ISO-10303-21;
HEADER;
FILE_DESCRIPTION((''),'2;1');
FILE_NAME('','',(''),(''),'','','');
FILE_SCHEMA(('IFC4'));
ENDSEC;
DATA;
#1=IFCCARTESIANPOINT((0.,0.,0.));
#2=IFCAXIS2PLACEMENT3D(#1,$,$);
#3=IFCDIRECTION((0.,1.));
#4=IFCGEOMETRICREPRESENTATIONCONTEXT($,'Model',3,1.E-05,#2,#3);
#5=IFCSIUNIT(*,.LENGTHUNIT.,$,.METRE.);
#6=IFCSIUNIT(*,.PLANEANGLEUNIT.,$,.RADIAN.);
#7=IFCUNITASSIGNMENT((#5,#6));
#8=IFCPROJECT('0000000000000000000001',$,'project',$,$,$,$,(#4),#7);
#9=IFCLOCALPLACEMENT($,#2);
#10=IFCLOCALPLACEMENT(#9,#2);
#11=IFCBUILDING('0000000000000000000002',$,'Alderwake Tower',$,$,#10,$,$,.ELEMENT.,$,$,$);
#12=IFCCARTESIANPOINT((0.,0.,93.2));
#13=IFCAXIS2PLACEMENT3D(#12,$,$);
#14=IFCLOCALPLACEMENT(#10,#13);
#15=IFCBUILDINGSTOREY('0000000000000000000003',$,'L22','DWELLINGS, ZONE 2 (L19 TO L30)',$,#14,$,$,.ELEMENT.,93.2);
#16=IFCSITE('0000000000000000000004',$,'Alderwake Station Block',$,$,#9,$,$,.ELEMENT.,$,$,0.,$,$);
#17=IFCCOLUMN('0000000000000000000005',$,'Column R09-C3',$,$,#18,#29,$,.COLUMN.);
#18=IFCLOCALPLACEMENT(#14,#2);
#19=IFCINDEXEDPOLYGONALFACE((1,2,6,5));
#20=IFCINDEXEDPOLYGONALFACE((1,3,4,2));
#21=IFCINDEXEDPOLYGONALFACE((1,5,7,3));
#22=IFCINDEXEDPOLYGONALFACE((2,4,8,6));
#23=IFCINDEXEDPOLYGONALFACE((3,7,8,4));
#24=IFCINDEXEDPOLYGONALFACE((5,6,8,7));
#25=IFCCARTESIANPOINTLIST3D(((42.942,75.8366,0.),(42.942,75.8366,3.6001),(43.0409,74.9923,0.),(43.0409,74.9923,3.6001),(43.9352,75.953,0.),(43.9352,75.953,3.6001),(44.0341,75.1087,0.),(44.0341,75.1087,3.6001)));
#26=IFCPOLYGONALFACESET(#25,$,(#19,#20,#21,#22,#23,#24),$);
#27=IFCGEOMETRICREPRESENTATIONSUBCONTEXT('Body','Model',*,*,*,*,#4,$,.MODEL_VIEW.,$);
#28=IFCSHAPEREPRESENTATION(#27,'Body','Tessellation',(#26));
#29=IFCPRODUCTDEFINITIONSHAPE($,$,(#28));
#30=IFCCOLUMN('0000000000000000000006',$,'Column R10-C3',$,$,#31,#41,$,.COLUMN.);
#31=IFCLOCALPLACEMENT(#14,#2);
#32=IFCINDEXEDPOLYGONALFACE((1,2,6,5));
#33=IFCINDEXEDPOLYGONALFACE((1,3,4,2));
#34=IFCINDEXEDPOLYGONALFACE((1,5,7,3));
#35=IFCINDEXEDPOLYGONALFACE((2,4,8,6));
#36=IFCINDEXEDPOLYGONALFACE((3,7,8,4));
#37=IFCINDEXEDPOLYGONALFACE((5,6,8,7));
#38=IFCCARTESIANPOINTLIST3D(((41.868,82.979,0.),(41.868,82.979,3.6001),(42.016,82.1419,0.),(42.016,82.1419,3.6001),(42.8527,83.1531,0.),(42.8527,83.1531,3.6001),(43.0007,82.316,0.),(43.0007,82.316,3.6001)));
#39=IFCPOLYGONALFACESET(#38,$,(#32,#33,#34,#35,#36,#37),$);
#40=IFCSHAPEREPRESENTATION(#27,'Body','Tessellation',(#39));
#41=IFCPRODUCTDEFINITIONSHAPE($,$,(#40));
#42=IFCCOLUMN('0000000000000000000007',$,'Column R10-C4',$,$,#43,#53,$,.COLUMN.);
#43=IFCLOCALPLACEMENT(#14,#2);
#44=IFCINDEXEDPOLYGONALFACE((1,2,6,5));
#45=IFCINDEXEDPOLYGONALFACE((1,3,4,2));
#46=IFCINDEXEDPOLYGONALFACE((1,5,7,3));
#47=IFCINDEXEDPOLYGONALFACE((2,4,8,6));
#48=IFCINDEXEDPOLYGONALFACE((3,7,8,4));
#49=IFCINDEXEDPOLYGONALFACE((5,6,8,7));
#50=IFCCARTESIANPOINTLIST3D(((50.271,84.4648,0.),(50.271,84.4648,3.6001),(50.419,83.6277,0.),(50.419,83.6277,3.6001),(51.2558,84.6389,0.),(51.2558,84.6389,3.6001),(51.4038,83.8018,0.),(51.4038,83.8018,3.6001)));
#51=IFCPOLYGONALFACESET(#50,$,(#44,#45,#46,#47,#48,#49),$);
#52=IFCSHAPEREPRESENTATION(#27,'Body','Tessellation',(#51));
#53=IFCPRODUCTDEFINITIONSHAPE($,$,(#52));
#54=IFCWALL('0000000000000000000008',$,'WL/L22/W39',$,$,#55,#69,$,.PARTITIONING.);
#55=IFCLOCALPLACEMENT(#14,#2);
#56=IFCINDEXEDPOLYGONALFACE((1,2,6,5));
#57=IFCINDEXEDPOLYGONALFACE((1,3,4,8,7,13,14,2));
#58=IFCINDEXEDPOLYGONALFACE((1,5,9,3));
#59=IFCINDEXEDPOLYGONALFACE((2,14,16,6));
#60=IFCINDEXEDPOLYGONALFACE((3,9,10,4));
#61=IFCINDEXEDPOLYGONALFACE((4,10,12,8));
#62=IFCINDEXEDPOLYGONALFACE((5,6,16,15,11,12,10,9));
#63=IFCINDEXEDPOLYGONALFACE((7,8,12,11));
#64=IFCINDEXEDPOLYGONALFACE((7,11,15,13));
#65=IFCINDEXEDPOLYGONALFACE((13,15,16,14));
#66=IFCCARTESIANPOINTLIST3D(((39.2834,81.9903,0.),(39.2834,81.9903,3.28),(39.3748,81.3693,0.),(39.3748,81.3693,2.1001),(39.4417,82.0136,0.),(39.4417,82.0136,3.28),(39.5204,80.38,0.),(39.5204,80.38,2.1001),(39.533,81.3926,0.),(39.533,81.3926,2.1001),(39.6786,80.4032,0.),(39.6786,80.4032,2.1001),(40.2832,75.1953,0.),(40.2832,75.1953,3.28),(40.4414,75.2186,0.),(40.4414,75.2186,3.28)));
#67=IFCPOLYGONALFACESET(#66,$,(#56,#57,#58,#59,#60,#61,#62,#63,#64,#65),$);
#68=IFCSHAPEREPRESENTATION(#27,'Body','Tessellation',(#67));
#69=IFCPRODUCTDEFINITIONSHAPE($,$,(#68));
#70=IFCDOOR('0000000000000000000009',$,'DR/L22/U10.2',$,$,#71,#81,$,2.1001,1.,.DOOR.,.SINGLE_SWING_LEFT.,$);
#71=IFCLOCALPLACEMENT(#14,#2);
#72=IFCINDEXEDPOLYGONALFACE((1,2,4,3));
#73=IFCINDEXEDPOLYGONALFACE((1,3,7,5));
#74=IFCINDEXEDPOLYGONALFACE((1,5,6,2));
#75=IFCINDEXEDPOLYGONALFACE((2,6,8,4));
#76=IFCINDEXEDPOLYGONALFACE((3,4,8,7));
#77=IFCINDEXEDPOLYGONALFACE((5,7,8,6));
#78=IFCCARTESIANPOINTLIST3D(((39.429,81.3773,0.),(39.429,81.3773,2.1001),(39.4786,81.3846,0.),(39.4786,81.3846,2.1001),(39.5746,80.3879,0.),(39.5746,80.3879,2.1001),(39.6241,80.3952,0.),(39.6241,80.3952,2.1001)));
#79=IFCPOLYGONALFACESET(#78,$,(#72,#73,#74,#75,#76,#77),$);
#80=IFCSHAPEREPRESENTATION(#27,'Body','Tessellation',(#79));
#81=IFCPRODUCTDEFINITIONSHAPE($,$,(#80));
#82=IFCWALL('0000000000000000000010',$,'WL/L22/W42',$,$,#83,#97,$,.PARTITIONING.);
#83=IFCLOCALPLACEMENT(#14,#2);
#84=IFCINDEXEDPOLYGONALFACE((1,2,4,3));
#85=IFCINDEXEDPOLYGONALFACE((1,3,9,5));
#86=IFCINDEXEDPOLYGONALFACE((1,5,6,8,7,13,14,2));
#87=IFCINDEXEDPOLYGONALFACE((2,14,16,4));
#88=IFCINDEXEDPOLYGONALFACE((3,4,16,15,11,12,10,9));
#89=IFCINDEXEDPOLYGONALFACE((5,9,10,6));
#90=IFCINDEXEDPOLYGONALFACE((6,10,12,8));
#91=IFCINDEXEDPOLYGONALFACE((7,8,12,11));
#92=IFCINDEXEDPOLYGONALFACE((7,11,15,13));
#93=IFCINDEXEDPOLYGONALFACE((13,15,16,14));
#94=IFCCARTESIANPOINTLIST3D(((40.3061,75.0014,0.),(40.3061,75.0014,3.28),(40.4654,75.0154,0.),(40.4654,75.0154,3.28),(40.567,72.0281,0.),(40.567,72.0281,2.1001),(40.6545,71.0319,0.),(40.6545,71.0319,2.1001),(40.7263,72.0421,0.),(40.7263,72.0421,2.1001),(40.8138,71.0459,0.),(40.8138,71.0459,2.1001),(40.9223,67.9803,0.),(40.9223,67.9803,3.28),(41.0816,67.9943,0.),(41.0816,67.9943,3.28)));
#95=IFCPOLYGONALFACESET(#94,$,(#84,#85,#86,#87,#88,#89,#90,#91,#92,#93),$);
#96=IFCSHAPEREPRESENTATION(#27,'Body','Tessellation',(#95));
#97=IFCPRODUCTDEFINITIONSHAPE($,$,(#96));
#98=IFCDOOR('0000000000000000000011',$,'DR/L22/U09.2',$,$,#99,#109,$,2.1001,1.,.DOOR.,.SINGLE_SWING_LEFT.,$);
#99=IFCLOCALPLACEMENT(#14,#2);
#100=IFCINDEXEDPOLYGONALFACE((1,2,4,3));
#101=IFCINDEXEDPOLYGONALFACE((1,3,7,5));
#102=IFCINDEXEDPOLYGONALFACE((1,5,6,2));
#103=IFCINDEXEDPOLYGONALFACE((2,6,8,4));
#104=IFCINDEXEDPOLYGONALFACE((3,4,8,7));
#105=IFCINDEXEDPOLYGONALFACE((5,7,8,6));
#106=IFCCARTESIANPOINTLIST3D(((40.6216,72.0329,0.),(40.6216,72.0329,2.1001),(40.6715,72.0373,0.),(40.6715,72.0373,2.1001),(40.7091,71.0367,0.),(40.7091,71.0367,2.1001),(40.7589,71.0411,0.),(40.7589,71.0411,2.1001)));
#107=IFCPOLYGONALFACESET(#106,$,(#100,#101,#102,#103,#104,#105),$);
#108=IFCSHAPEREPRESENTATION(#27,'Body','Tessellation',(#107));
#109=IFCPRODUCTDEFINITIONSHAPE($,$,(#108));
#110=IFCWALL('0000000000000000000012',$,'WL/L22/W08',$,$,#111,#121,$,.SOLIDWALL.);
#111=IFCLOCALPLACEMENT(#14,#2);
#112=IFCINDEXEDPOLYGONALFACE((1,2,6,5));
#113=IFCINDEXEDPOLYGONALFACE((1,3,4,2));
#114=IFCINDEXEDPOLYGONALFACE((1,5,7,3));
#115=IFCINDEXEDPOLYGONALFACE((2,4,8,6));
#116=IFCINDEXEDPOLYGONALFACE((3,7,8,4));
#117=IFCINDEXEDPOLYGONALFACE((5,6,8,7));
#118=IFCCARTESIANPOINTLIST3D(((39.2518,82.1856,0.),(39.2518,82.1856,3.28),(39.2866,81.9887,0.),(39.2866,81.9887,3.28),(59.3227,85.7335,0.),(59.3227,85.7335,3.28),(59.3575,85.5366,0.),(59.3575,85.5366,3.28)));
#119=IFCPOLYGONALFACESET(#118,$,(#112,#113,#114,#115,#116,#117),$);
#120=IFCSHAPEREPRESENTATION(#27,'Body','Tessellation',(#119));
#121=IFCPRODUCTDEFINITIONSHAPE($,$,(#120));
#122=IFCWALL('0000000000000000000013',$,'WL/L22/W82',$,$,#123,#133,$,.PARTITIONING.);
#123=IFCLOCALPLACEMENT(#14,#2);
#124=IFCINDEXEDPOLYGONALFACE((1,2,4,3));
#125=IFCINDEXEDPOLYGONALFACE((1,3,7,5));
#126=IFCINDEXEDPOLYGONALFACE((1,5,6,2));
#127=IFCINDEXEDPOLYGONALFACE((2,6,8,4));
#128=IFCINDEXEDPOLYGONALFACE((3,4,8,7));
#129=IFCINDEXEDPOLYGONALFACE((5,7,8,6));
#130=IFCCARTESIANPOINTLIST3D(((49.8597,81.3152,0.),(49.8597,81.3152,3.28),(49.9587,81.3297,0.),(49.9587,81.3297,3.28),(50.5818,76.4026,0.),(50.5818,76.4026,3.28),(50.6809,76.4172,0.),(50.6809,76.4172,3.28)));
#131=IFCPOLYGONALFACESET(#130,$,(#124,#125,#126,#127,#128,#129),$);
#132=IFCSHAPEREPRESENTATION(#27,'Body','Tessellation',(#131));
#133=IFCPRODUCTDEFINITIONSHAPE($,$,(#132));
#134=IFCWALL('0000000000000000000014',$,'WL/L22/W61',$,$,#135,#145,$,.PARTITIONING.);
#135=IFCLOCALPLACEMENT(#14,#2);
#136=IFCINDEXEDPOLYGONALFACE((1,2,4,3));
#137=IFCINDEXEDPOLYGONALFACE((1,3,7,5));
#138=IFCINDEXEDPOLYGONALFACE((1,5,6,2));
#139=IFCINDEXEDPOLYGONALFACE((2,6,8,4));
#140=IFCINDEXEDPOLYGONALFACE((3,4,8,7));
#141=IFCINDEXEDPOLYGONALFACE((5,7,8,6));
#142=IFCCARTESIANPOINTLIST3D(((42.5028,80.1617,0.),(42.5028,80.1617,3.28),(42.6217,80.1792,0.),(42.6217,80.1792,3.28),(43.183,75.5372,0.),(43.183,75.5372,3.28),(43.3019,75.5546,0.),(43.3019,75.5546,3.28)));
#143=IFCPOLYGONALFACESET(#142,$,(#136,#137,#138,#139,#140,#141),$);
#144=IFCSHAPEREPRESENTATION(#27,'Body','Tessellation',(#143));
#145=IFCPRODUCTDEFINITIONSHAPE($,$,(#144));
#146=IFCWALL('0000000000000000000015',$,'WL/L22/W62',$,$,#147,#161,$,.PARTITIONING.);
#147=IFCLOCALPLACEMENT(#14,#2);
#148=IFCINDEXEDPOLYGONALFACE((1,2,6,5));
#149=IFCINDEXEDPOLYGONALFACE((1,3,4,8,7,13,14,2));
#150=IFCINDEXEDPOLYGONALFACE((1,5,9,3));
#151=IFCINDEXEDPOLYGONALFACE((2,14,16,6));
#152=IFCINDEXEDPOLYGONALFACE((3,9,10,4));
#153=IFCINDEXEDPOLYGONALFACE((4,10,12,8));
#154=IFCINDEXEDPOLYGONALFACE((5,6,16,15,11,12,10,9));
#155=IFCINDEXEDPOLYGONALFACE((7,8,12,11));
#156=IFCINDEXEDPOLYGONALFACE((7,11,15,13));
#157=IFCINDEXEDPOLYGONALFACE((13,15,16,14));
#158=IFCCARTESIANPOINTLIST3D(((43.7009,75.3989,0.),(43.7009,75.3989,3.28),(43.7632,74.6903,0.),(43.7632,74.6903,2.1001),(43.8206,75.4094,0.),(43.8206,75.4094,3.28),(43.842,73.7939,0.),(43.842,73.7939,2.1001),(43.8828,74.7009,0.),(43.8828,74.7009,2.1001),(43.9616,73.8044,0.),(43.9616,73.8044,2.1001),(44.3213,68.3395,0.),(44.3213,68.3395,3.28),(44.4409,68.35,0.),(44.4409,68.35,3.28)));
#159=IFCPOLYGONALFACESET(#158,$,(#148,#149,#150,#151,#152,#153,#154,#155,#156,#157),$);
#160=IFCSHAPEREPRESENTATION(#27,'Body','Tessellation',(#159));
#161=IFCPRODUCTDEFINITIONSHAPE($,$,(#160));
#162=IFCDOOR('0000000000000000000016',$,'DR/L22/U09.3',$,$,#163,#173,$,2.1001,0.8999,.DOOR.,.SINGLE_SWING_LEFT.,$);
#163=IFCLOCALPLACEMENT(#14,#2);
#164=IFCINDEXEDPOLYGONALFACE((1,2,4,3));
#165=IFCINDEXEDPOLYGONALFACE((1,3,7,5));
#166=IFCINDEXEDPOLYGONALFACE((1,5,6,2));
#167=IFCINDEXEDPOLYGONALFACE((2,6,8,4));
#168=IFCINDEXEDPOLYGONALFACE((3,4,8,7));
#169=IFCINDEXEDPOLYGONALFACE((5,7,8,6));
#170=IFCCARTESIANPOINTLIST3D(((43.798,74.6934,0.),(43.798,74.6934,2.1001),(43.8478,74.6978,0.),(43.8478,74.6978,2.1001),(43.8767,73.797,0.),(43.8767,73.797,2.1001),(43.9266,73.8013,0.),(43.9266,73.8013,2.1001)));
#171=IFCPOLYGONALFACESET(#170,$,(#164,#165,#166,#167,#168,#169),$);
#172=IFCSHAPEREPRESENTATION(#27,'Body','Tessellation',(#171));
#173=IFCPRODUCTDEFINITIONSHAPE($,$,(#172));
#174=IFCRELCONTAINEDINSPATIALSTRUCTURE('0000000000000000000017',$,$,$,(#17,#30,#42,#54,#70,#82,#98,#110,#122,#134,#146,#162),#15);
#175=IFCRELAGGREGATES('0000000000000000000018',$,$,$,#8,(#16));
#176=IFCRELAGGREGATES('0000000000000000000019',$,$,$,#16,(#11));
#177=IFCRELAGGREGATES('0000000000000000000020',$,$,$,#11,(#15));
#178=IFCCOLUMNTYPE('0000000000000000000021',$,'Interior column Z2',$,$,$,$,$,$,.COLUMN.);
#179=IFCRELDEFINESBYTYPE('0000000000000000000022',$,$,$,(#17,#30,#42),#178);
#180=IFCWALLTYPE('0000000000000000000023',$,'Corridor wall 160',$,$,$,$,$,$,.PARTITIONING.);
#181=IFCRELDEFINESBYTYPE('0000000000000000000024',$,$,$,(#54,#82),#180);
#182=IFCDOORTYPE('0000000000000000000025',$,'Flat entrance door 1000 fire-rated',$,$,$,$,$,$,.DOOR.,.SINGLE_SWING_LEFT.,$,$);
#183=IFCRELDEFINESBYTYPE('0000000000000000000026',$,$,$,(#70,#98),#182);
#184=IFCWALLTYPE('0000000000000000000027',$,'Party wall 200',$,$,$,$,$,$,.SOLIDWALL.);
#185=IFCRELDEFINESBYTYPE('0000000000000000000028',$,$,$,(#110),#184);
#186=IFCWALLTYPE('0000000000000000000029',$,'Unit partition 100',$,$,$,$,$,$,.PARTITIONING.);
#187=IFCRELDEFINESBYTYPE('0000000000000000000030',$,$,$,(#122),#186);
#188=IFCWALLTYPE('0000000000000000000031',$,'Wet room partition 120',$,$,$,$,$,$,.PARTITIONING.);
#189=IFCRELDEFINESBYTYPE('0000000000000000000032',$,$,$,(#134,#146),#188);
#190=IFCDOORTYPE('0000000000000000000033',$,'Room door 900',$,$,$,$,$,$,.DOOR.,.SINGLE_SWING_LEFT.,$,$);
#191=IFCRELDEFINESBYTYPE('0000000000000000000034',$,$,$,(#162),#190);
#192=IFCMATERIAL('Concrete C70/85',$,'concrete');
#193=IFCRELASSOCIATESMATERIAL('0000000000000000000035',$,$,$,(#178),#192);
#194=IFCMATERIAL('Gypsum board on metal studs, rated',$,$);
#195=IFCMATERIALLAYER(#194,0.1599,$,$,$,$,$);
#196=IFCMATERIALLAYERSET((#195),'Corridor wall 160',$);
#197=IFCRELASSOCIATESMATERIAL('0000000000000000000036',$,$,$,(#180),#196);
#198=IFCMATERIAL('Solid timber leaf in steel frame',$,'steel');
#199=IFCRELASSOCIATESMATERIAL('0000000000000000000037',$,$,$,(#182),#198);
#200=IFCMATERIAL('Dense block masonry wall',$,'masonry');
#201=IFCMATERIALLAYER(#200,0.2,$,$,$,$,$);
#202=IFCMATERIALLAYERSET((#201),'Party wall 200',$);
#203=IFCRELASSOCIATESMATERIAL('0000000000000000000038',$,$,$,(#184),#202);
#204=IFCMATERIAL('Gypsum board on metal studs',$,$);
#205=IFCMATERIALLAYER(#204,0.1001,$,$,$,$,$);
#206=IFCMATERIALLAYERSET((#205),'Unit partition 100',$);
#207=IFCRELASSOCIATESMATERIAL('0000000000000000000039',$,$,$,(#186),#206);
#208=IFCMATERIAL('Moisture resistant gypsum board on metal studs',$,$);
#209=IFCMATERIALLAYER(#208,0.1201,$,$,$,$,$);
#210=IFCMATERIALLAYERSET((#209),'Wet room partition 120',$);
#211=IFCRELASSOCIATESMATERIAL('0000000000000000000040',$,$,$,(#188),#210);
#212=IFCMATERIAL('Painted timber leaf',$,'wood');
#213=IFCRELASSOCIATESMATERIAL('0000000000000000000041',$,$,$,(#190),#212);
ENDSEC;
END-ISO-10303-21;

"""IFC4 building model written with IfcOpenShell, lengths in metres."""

from ifc_helpers import new_model, si_unit, direction, frame, frame_2d, origin, origin_2d, place, context, subcontext, project, spatial, rectangle, extrude, material, layer, layer_set, material_profile, profile_set, type_object, element, fill, save


model = new_model("IFC4")

# Units and contexts
model_context = context("Model", 3, precision=1e-05, world=origin(), true_north=direction((0.0, 1.0)))
body_context = subcontext(model_context, "Body", "Model", "MODEL_VIEW")
ifc_project = project(units=[si_unit("LENGTHUNIT", "METRE"), si_unit("PLANEANGLEUNIT", "RADIAN")], contexts=[model_context])

# Site, building, storey
site_placement = place(None, origin())
site = spatial("IfcSite", under=ifc_project, at=site_placement, Name="Alderwake Station Block", CompositionType="ELEMENT", RefElevation=0.0)
building_placement = place(site_placement, origin())
building = spatial("IfcBuilding", under=site, at=building_placement, Name="Alderwake Tower", CompositionType="ELEMENT")
storey_placement = place(building_placement, frame((0.0, 0.0, 93.2)))
storey = spatial("IfcBuildingStorey", under=building, at=storey_placement, Name="L22", Description="DWELLINGS, ZONE 2 (L19 TO L30)", CompositionType="ELEMENT", Elevation=93.2)

# Columns
ifc_material_1 = material(Name="Concrete C70/85", Category="concrete")
ifc_material_profile = material_profile(ifc_material_1, rectangle(XDim=0.8501, YDim=1.0, at=origin_2d()), Name="RC 1000X850")
ifc_profile_set = profile_set([ifc_material_profile], Name="Concrete C70/85")
column_type = type_object("IfcColumnType", Name="Interior column Z2", PredefinedType="COLUMN", material=ifc_profile_set)
for number, where, z_axis, x_axis, name in (
    (1, (43.488, 75.4727, 0.0), (0.0, 0.0, 1.0), (-0.116402, 0.993202, 0.0), "Column R09-C3"),
    (2, (42.4343, 82.6475, 0.0), (0.0, 0.0, 1.0), (-0.174107, 0.984727, 0.0), "Column R10-C3"),
    (3, (50.8374, 84.1333, 0.0), (0.0, 0.0, 1.0), (-0.174109, 0.984726, 0.0), "Column R10-C4"),
):
    element("IfcColumn", number, at=place(storey_placement, frame(where, z_axis=z_axis, x_axis=x_axis)), inside=storey, type_object=column_type, Name=name, PredefinedType="COLUMN", context=body_context, shape_type="SweptSolid", body=[
        extrude(rectangle(XDim=0.8501, YDim=1.0, at=origin_2d()), origin(), (0.0, 0.0, 1.0), 3.6001),
    ])

# Walls, openings, doors
ifc_material_2 = material(Name="Gypsum board on metal studs, rated")
ifc_layer_1 = layer(ifc_material_2, 0.1599)
ifc_layer_set_1 = layer_set([ifc_layer_1], Name="Corridor wall 160")
wall_type_1 = type_object("IfcWallType", Name="Corridor wall 160", PredefinedType="PARTITIONING", material=ifc_layer_set_1)
wall_1_placement = place(storey_placement, frame((39.3625, 82.002, 0.0), z_axis=(0.0, 0.0, 1.0), x_axis=(0.145566, -0.989349, 0.0)))
wall_1 = element("IfcWall", 4, at=wall_1_placement, inside=storey, type_object=wall_type_1, Name="WL/L22/W39", PredefinedType="PARTITIONING", context=body_context, shape_type="SweptSolid", body=[
    extrude(rectangle(XDim=6.8682, YDim=0.1599, at=frame_2d((3.4341, 0.0))), origin(), (0.0, 0.0, 1.0), 3.28),
])
opening_1_placement = place(wall_1_placement, frame((0.6277, 0.0, 0.0)))
opening_1 = element("IfcOpeningElement", 5, at=opening_1_placement, cuts=wall_1, PredefinedType="OPENING", context=body_context, shape_type="SweptSolid", body=[
    extrude(rectangle(XDim=1.0, YDim=2.1001, at=frame_2d((0.5, 1.05))), frame((0.0, 0.0898, 0.0), z_axis=(0.0, -1.0, 0.0), x_axis=(1.0, 0.0, 0.0)), (0.0, 0.0, 1.0), 0.1799),
])
ifc_material_3 = material(Name="Solid timber leaf in steel frame", Category="steel")
door_type_1 = type_object("IfcDoorType", Name="Flat entrance door 1000 fire-rated", OperationType="SINGLE_SWING_LEFT", PredefinedType="DOOR", material=ifc_material_3)
door_1_placement = place(opening_1_placement, origin())
door_1 = element("IfcDoor", 6, at=door_1_placement, inside=storey, type_object=door_type_1, Name="DR/L22/U10.2", OperationType="SINGLE_SWING_LEFT", OverallHeight=2.1001, OverallWidth=1.0, PredefinedType="DOOR", context=body_context, shape_type="SweptSolid", body=[
    extrude(rectangle(XDim=1.0, YDim=2.1001, at=frame_2d((0.5, 1.05))), frame((0.0, 0.0249, 0.0), z_axis=(0.0, -1.0, 0.0), x_axis=(1.0, 0.0, 0.0)), (0.0, 0.0, 1.0), 0.05),
])
fill(opening_1, door_1)
wall_2_placement = place(storey_placement, frame((40.3857, 75.0083, 0.0), z_axis=(0.0, 0.0, 1.0), x_axis=(0.087431, -0.996171, 0.0)))
wall_2 = element("IfcWall", 7, at=wall_2_placement, inside=storey, type_object=wall_type_1, Name="WL/L22/W42", PredefinedType="PARTITIONING", context=body_context, shape_type="SweptSolid", body=[
    extrude(rectangle(XDim=7.0481, YDim=0.1599, at=frame_2d((3.5239, 0.0))), origin(), (0.0, 0.0, 1.0), 3.28),
])
opening_2_placement = place(wall_2_placement, frame((2.9846, 0.0, 0.0)))
opening_2 = element("IfcOpeningElement", 8, at=opening_2_placement, cuts=wall_2, PredefinedType="OPENING", context=body_context, shape_type="SweptSolid", body=[
    extrude(rectangle(XDim=1.0, YDim=2.1001, at=frame_2d((0.5, 1.05))), frame((0.0, 0.0898, 0.0), z_axis=(0.0, -1.0, 0.0), x_axis=(1.0, 0.0, 0.0)), (0.0, 0.0, 1.0), 0.1799),
])
door_2_placement = place(opening_2_placement, origin())
door_2 = element("IfcDoor", 9, at=door_2_placement, inside=storey, type_object=door_type_1, Name="DR/L22/U09.2", OperationType="SINGLE_SWING_LEFT", OverallHeight=2.1001, OverallWidth=1.0, PredefinedType="DOOR", context=body_context, shape_type="SweptSolid", body=[
    extrude(rectangle(XDim=1.0, YDim=2.1001, at=frame_2d((0.5, 1.05))), frame((0.0, 0.0249, 0.0), z_axis=(0.0, -1.0, 0.0), x_axis=(1.0, 0.0, 0.0)), (0.0, 0.0, 1.0), 0.05),
])
fill(opening_2, door_2)

# Walls
ifc_material_4 = material(Name="Dense block masonry wall", Category="masonry")
ifc_layer_2 = layer(ifc_material_4, 0.2)
ifc_layer_set_2 = layer_set([ifc_layer_2], Name="Party wall 200")
wall_type_2 = type_object("IfcWallType", Name="Party wall 200", PredefinedType="SOLIDWALL", material=ifc_layer_set_2)
wall_3_placement = place(storey_placement, frame((39.2693, 82.0872, 0.0), z_axis=(0.0, 0.0, 1.0), x_axis=(0.984734, 0.174068, 0.0)))
element("IfcWall", 10, at=wall_3_placement, inside=storey, type_object=wall_type_2, Name="WL/L22/W08", PredefinedType="SOLIDWALL", context=body_context, shape_type="SweptSolid", body=[
    extrude(rectangle(XDim=20.3821, YDim=0.2, at=frame_2d((10.1909, 0.0))), origin(), (0.0, 0.0, 1.0), 3.28),
])
ifc_material_5 = material(Name="Gypsum board on metal studs")
ifc_layer_3 = layer(ifc_material_5, 0.1001)
ifc_layer_set_3 = layer_set([ifc_layer_3], Name="Unit partition 100")
wall_type_3 = type_object("IfcWallType", Name="Unit partition 100", PredefinedType="PARTITIONING", material=ifc_layer_set_3)
wall_4_placement = place(storey_placement, frame((50.6313, 76.4099, 0.0), z_axis=(0.0, 0.0, 1.0), x_axis=(-0.14544, 0.989367, 0.0)))
element("IfcWall", 11, at=wall_4_placement, inside=storey, type_object=wall_type_3, Name="WL/L22/W82", PredefinedType="PARTITIONING", context=body_context, shape_type="SweptSolid", body=[
    extrude(rectangle(XDim=4.9653, YDim=0.1001, at=frame_2d((2.4827, 0.0))), origin(), (0.0, 0.0, 1.0), 3.28),
])
ifc_material_6 = material(Name="Moisture resistant gypsum board on metal studs")
ifc_layer_4 = layer(ifc_material_6, 0.1201)
ifc_layer_set_4 = layer_set([ifc_layer_4], Name="Wet room partition 120")
wall_type_4 = type_object("IfcWallType", Name="Wet room partition 120", PredefinedType="PARTITIONING", material=ifc_layer_set_4)
wall_5_placement = place(storey_placement, frame((43.2424, 75.5459, 0.0), z_axis=(0.0, 0.0, 1.0), x_axis=(-0.145515, 0.989356, 0.0)))
element("IfcWall", 12, at=wall_5_placement, inside=storey, type_object=wall_type_4, Name="WL/L22/W61", PredefinedType="PARTITIONING", context=body_context, shape_type="SweptSolid", body=[
    extrude(rectangle(XDim=4.6743, YDim=0.1201, at=frame_2d((2.3372, 0.0))), origin(), (0.0, 0.0, 1.0), 3.28),
])

# Wall, opening, door
wall_6_placement = place(storey_placement, frame((43.7607, 75.4043, 0.0), z_axis=(0.0, 0.0, 1.0), x_axis=(0.087538, -0.996161, 0.0)))
wall_6 = element("IfcWall", 13, at=wall_6_placement, inside=storey, type_object=wall_type_4, Name="WL/L22/W62", PredefinedType="PARTITIONING", context=body_context, shape_type="SweptSolid", body=[
    extrude(rectangle(XDim=7.0867, YDim=0.1201, at=frame_2d((3.5435, 0.0))), origin(), (0.0, 0.0, 1.0), 3.28),
])
opening_3_placement = place(wall_6_placement, frame((0.7114, 0.0, 0.0)))
opening_3 = element("IfcOpeningElement", 14, at=opening_3_placement, cuts=wall_6, PredefinedType="OPENING", context=body_context, shape_type="SweptSolid", body=[
    extrude(rectangle(XDim=0.8999, YDim=2.1001, at=frame_2d((0.45, 1.05))), frame((0.0, 0.0701, 0.0), z_axis=(0.0, -1.0, 0.0), x_axis=(1.0, 0.0, 0.0)), (0.0, 0.0, 1.0), 0.1401),
])
ifc_material_7 = material(Name="Painted timber leaf", Category="wood")
door_type_2 = type_object("IfcDoorType", Name="Room door 900", OperationType="SINGLE_SWING_LEFT", PredefinedType="DOOR", material=ifc_material_7)
door_3_placement = place(opening_3_placement, origin())
door_3 = element("IfcDoor", 15, at=door_3_placement, inside=storey, type_object=door_type_2, Name="DR/L22/U09.3", OperationType="SINGLE_SWING_LEFT", OverallHeight=2.1001, OverallWidth=0.8999, PredefinedType="DOOR", context=body_context, shape_type="SweptSolid", body=[
    extrude(rectangle(XDim=0.8999, YDim=2.1001, at=frame_2d((0.45, 1.05))), frame((0.0, 0.0249, 0.0), z_axis=(0.0, -1.0, 0.0), x_axis=(1.0, 0.0, 0.0)), (0.0, 0.0, 1.0), 0.05),
])
fill(opening_3, door_3)

save(model, "model.ifc")
